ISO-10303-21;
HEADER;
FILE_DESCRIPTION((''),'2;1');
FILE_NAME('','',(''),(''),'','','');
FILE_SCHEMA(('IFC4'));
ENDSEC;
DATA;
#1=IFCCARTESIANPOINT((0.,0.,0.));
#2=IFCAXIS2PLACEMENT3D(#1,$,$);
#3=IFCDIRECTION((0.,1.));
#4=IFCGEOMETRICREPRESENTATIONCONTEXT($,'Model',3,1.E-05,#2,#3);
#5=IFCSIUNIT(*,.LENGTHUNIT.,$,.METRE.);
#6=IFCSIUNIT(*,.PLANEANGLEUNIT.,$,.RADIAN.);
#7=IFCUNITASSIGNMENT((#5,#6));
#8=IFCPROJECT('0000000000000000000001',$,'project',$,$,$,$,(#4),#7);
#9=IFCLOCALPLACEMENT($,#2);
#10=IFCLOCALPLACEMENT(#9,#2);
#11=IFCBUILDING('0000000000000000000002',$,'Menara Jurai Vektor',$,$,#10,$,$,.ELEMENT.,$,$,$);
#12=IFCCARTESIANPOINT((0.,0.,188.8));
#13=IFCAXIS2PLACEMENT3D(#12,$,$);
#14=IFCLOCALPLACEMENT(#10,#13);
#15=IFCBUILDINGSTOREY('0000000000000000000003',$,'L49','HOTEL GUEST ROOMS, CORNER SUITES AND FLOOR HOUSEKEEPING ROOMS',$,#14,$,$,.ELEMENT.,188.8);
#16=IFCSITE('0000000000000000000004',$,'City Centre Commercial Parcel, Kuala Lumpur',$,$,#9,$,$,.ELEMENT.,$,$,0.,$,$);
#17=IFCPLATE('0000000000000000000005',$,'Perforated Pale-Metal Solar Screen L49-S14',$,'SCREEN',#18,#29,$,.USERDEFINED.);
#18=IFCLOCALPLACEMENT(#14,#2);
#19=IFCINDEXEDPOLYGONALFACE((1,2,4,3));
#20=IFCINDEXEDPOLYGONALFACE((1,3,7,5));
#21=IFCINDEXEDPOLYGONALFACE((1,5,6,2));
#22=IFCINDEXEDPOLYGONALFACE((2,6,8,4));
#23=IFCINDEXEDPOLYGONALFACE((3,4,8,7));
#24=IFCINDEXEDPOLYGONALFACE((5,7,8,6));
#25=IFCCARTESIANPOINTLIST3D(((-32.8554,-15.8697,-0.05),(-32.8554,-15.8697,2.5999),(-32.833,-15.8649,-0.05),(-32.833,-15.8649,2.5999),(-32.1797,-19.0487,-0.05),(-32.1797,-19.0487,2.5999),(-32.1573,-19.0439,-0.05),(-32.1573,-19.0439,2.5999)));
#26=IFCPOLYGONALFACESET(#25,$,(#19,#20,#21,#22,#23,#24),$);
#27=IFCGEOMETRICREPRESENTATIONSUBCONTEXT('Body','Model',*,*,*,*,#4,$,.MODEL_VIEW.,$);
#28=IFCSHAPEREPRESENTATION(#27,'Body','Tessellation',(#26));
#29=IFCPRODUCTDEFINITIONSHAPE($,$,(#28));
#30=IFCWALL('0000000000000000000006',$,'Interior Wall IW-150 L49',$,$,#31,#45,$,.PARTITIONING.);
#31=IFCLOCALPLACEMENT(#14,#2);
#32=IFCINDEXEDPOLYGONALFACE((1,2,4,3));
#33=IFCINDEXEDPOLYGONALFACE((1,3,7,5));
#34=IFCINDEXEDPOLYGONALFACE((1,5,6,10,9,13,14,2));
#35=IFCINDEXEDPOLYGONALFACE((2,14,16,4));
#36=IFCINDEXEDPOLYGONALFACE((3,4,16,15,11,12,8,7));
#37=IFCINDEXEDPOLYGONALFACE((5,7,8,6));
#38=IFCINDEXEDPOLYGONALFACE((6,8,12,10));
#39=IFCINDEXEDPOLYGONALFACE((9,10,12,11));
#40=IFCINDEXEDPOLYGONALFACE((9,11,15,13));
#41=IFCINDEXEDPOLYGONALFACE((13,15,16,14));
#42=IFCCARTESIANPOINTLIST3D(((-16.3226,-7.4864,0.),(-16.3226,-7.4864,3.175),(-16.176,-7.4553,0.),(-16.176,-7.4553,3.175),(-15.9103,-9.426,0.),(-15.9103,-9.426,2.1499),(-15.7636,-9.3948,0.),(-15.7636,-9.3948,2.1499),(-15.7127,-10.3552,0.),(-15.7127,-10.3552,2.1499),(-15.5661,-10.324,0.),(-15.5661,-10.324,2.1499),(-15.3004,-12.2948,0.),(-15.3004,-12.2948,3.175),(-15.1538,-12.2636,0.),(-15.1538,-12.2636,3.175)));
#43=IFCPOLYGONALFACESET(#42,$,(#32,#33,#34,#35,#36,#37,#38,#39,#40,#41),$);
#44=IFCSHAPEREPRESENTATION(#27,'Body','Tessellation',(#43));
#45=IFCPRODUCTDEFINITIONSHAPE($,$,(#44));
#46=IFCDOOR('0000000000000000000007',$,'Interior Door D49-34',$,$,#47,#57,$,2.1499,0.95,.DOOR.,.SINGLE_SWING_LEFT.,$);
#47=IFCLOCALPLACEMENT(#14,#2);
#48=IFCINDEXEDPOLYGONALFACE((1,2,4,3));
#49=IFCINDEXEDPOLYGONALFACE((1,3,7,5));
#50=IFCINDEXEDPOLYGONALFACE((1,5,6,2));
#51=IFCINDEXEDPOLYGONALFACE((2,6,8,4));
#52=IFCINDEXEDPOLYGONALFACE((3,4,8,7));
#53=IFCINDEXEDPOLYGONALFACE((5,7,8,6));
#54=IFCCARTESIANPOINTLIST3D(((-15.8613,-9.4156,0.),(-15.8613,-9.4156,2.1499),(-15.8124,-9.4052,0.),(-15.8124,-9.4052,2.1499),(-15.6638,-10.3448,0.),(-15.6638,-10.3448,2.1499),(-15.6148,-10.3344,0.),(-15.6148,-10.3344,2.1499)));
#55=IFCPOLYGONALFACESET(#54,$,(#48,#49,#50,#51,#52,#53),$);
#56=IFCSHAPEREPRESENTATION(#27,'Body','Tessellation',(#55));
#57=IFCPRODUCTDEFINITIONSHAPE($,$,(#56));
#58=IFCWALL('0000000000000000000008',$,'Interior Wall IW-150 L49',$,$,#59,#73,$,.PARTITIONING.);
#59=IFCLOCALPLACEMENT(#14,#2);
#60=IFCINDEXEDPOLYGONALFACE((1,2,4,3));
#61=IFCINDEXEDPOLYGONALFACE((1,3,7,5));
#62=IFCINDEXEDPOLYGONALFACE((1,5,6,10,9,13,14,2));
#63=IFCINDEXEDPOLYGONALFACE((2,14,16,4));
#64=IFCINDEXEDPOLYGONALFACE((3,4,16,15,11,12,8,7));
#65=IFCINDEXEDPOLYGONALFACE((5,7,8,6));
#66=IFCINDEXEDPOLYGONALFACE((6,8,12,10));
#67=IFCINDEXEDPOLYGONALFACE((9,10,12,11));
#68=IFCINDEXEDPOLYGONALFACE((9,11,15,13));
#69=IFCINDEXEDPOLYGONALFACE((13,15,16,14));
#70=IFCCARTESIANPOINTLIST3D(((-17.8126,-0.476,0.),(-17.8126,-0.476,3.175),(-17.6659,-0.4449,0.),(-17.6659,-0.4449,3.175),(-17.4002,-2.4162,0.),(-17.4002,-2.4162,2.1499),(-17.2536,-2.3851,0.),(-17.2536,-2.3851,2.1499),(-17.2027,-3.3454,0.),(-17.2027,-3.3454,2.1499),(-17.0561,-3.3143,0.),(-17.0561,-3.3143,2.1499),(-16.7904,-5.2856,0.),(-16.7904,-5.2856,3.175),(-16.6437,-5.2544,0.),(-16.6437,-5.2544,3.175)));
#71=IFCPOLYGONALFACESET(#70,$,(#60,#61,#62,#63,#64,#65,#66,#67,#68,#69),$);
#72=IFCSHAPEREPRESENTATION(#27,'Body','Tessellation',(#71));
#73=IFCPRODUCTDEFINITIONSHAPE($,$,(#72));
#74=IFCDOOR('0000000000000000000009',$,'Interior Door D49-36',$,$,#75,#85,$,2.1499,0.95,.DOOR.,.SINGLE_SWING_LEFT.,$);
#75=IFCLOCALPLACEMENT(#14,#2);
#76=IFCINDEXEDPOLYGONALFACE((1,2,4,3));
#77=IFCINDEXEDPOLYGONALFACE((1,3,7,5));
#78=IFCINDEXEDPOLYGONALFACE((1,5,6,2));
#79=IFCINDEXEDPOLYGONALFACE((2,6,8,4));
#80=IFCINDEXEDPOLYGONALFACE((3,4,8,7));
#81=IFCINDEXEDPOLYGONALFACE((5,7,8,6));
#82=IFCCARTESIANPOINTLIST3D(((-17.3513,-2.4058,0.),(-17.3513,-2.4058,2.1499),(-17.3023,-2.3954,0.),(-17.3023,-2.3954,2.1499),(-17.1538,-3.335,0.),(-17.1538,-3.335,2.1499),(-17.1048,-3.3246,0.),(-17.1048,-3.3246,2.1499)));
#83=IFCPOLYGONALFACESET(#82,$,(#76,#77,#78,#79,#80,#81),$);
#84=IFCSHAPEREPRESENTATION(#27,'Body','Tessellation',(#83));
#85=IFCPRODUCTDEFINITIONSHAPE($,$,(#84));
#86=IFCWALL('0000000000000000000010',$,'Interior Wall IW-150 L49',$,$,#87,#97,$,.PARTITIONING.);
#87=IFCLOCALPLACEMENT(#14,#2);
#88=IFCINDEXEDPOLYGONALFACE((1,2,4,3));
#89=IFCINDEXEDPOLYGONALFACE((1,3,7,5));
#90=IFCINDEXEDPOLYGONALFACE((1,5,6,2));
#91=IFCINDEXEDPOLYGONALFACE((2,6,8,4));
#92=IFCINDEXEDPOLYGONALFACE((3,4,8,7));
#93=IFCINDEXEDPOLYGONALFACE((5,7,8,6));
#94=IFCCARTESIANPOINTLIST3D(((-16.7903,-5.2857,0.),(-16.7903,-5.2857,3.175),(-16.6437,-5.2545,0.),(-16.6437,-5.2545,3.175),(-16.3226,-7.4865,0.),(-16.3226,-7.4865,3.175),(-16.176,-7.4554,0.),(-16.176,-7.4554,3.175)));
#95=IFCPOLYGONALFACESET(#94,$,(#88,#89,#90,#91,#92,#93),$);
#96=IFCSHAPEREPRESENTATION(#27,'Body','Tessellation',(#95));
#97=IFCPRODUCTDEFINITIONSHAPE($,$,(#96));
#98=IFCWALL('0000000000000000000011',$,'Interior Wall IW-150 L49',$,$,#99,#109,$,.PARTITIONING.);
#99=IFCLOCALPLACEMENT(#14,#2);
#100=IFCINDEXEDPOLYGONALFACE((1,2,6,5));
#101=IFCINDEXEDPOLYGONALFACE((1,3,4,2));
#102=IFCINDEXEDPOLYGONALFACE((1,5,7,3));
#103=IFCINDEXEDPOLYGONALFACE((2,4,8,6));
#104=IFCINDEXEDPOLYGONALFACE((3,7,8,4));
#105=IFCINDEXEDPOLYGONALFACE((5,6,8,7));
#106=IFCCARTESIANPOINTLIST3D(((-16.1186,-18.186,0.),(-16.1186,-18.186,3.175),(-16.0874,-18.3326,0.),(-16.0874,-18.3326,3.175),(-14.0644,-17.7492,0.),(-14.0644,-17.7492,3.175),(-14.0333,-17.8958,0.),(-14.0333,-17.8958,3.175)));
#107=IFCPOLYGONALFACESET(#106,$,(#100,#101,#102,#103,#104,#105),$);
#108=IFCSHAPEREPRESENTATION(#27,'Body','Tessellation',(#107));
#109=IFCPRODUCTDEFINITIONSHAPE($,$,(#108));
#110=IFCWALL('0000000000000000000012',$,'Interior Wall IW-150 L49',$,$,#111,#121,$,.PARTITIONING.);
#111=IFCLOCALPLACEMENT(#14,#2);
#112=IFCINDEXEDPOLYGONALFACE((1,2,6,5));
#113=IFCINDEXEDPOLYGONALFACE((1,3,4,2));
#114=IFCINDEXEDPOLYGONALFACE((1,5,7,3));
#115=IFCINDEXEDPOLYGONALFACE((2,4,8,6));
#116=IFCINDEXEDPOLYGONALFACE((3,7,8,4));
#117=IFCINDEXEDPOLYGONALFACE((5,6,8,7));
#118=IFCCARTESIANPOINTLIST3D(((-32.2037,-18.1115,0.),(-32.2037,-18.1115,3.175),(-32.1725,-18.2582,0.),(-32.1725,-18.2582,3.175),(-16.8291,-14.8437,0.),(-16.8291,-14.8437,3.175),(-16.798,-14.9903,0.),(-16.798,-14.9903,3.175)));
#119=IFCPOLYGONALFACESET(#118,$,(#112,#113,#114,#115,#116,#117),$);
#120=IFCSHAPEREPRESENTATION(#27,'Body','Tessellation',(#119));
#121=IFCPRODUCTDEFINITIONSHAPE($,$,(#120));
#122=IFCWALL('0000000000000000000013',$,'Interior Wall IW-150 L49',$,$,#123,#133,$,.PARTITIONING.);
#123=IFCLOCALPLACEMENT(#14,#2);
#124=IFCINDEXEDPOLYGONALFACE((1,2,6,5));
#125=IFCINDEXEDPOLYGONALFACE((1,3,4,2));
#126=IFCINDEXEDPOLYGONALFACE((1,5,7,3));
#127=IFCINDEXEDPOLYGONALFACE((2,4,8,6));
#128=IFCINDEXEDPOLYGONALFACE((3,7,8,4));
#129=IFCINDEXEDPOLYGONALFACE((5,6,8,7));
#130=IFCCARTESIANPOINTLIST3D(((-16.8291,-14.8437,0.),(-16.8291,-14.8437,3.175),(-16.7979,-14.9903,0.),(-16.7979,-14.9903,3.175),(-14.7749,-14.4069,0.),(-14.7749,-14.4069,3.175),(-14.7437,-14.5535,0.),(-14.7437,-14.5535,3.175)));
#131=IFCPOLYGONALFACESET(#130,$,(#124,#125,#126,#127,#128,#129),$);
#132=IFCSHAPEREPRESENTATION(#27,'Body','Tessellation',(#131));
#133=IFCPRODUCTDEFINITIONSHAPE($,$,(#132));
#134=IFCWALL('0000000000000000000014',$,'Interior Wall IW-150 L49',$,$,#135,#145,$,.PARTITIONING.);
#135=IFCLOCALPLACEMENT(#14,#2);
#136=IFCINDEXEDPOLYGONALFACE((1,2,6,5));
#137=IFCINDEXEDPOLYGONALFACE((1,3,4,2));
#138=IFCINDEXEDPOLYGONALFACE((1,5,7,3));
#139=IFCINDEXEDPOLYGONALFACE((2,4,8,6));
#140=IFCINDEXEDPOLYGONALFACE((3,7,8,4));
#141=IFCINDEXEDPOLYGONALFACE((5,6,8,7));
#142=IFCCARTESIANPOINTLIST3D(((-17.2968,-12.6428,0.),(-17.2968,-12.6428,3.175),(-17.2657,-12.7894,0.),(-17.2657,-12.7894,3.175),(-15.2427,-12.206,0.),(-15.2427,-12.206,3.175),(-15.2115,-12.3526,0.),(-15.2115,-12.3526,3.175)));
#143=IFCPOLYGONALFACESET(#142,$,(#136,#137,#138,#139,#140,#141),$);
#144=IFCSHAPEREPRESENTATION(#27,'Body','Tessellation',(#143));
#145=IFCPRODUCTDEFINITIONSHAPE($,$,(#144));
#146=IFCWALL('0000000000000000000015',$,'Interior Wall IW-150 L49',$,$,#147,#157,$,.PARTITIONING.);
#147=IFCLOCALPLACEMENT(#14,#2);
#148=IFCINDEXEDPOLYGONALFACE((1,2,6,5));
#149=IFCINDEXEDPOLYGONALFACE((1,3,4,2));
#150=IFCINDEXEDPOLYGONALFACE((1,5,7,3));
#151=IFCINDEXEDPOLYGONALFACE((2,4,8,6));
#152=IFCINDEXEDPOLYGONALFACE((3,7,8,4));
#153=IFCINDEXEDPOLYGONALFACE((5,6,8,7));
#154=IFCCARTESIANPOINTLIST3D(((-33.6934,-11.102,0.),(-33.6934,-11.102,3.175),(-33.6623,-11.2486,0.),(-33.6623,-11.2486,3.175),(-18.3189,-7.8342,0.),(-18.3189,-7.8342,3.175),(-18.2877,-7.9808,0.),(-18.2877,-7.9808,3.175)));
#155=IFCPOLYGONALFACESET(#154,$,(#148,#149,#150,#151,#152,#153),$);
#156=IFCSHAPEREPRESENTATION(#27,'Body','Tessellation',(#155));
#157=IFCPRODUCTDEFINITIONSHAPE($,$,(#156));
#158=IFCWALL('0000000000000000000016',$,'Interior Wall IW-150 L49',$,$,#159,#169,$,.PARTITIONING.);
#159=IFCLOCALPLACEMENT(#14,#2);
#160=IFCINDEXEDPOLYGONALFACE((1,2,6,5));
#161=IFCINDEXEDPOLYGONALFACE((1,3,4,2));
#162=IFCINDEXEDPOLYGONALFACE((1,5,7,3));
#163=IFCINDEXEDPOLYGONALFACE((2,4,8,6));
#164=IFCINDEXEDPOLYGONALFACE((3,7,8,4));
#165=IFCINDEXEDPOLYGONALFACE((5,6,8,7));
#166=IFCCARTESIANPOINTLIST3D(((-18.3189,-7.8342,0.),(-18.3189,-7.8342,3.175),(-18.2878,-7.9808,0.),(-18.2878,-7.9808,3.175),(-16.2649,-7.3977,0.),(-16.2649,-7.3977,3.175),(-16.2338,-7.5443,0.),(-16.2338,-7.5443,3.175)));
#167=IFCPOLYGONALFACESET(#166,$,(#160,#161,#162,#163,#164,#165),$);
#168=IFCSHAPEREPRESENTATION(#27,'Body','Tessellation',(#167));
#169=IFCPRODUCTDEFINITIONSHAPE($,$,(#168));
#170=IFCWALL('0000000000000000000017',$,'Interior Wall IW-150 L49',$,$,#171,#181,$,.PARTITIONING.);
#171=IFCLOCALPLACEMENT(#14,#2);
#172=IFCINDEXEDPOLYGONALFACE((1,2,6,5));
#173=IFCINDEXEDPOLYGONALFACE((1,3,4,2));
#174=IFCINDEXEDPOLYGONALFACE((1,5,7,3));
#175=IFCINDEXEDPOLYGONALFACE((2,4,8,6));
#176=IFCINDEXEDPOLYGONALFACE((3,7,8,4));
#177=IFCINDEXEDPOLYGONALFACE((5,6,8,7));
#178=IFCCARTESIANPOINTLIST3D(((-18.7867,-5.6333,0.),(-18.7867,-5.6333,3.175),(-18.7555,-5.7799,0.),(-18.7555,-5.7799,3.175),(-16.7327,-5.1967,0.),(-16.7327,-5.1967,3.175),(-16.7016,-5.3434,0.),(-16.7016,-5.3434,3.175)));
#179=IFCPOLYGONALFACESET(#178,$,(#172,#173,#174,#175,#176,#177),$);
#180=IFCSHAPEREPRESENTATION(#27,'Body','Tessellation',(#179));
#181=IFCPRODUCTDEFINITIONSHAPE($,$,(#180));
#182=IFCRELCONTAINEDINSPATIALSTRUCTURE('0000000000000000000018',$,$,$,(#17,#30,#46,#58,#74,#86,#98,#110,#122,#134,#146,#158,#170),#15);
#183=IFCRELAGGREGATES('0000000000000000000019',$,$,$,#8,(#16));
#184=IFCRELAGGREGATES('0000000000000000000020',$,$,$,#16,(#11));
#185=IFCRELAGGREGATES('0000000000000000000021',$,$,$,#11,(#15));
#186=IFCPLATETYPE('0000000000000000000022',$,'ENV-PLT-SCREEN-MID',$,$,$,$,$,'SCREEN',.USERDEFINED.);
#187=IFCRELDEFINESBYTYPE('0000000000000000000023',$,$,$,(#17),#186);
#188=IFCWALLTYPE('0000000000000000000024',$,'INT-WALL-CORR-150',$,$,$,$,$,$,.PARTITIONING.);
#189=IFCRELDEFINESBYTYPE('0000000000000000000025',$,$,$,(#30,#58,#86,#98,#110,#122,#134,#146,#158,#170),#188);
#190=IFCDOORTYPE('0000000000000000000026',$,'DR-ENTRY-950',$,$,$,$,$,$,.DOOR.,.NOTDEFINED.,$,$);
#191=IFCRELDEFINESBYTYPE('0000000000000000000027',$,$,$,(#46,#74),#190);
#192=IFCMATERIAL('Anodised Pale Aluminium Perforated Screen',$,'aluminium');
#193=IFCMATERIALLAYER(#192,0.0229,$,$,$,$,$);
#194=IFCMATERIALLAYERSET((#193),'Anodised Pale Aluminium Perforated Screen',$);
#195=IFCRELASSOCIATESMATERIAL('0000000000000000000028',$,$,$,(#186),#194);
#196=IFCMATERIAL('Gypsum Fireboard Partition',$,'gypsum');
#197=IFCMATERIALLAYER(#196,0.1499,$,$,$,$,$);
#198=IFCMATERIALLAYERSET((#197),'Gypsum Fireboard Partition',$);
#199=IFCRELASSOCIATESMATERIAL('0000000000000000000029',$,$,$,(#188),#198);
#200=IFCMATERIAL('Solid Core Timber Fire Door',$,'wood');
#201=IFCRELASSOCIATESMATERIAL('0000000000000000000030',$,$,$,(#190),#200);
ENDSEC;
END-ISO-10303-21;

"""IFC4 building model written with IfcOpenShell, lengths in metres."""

from ifc_helpers import new_model, si_unit, direction, frame, frame_2d, origin, origin_2d, place, context, subcontext, project, spatial, rectangle, extrude, material, layer, layer_set, type_object, element, fill, save


model = new_model("IFC4")

# Units and contexts
model_context = context("Model", 3, precision=1e-05, world=origin(), true_north=direction((0.0, 1.0)))
body_context = subcontext(model_context, "Body", "Model", "MODEL_VIEW")
ifc_project = project(units=[si_unit("LENGTHUNIT", "METRE"), si_unit("PLANEANGLEUNIT", "RADIAN")], contexts=[model_context])

# Site, building, storey
site_placement = place(None, origin())
site = spatial("IfcSite", under=ifc_project, at=site_placement, Name="City Centre Commercial Parcel, Kuala Lumpur", CompositionType="ELEMENT", RefElevation=0.0)
building_placement = place(site_placement, origin())
building = spatial("IfcBuilding", under=site, at=building_placement, Name="Menara Jurai Vektor", CompositionType="ELEMENT")
storey_placement = place(building_placement, frame((0.0, 0.0, 188.8)))
storey = spatial("IfcBuildingStorey", under=building, at=storey_placement, Name="L49", Description="HOTEL GUEST ROOMS, CORNER SUITES AND FLOOR HOUSEKEEPING ROOMS", CompositionType="ELEMENT", Elevation=188.8)

# Plate
ifc_material_1 = material(Name="Anodised Pale Aluminium Perforated Screen", Category="aluminium")
ifc_layer_1 = layer(ifc_material_1, 0.0229)
ifc_layer_set_1 = layer_set([ifc_layer_1], Name="Anodised Pale Aluminium Perforated Screen")
plate_type_1 = type_object("IfcPlateType", Name="ENV-PLT-SCREEN-MID", ElementType="SCREEN", PredefinedType="USERDEFINED", material=ifc_layer_set_1)
for number, where, z_axis, x_axis, name in (
    (1, (-32.5063, -17.4568, -0.05), (0.0, 0.0, 1.0), (0.207912, -0.978148, 0.0), "Perforated Pale-Metal Solar Screen L49-S14"),
):
    element("IfcPlate", number, at=place(storey_placement, frame(where, z_axis=z_axis, x_axis=x_axis)), inside=storey, type_object=plate_type_1, Name=name, ObjectType="SCREEN", PredefinedType="USERDEFINED", context=body_context, shape_type="SweptSolid", body=[
        extrude(rectangle(XDim=3.25, YDim=0.0229, at=origin_2d()), origin(), (0.0, 0.0, 1.0), 2.6499),
    ])

# Walls, openings, doors
ifc_material_2 = material(Name="Gypsum Fireboard Partition", Category="gypsum")
ifc_layer_2 = layer(ifc_material_2, 0.1499)
ifc_layer_set_2 = layer_set([ifc_layer_2], Name="Gypsum Fireboard Partition")
wall_type_1 = type_object("IfcWallType", Name="INT-WALL-CORR-150", PredefinedType="PARTITIONING", material=ifc_layer_set_2)
wall_1_placement = place(storey_placement, frame((-15.2271, -12.2793, 0.0), z_axis=(0.0, 0.0, 1.0), x_axis=(-0.207945, 0.978141, 0.0)))
wall_1 = element("IfcWall", 2, at=wall_1_placement, inside=storey, type_object=wall_type_1, Name="Interior Wall IW-150 L49", PredefinedType="PARTITIONING", context=body_context, shape_type="SweptSolid", body=[
    extrude(rectangle(XDim=4.9158, YDim=0.1499, at=frame_2d((2.458, 0.0))), origin(), (0.0, 0.0, 1.0), 3.175),
])
opening_1_placement = place(wall_1_placement, frame((1.9829, 0.0, 0.0)))
opening_1 = element("IfcOpeningElement", 3, at=opening_1_placement, cuts=wall_1, PredefinedType="OPENING", context=body_context, shape_type="SweptSolid", body=[
    extrude(rectangle(XDim=0.95, YDim=2.1499, at=frame_2d((0.4751, 1.075))), frame((0.0, 0.085, 0.0), z_axis=(0.0, -1.0, 0.0), x_axis=(1.0, 0.0, 0.0)), (0.0, 0.0, 1.0), 0.1699),
])
ifc_material_3 = material(Name="Solid Core Timber Fire Door", Category="wood")
door_type_1 = type_object("IfcDoorType", Name="DR-ENTRY-950", OperationType="NOTDEFINED", PredefinedType="DOOR", material=ifc_material_3)
door_1_placement = place(opening_1_placement, origin())
door_1 = element("IfcDoor", 4, at=door_1_placement, inside=storey, type_object=door_type_1, Name="Interior Door D49-34", OperationType="SINGLE_SWING_LEFT", OverallHeight=2.1499, OverallWidth=0.95, PredefinedType="DOOR", context=body_context, shape_type="SweptSolid", body=[
    extrude(rectangle(XDim=0.95, YDim=2.1499, at=frame_2d((0.4751, 1.075))), frame((0.0, 0.0249, 0.0), z_axis=(0.0, -1.0, 0.0), x_axis=(1.0, 0.0, 0.0)), (0.0, 0.0, 1.0), 0.05),
])
fill(opening_1, door_1)
wall_2_placement = place(storey_placement, frame((-16.717, -5.27, 0.0), z_axis=(0.0, 0.0, 1.0), x_axis=(-0.207894, 0.978151, 0.0)))
wall_2 = element("IfcWall", 5, at=wall_2_placement, inside=storey, type_object=wall_type_1, Name="Interior Wall IW-150 L49", PredefinedType="PARTITIONING", context=body_context, shape_type="SweptSolid", body=[
    extrude(rectangle(XDim=4.917, YDim=0.1499, at=frame_2d((2.4585, 0.0))), origin(), (0.0, 0.0, 1.0), 3.175),
])
opening_2_placement = place(wall_2_placement, frame((1.9834, 0.0, 0.0)))
opening_2 = element("IfcOpeningElement", 6, at=opening_2_placement, cuts=wall_2, PredefinedType="OPENING", context=body_context, shape_type="SweptSolid", body=[
    extrude(rectangle(XDim=0.95, YDim=2.1499, at=frame_2d((0.4751, 1.075))), frame((0.0, 0.085, 0.0), z_axis=(0.0, -1.0, 0.0), x_axis=(1.0, 0.0, 0.0)), (0.0, 0.0, 1.0), 0.1699),
])
door_2_placement = place(opening_2_placement, origin())
door_2 = element("IfcDoor", 7, at=door_2_placement, inside=storey, type_object=door_type_1, Name="Interior Door D49-36", OperationType="SINGLE_SWING_LEFT", OverallHeight=2.1499, OverallWidth=0.95, PredefinedType="DOOR", context=body_context, shape_type="SweptSolid", body=[
    extrude(rectangle(XDim=0.95, YDim=2.1499, at=frame_2d((0.4751, 1.075))), frame((0.0, 0.0249, 0.0), z_axis=(0.0, -1.0, 0.0), x_axis=(1.0, 0.0, 0.0)), (0.0, 0.0, 1.0), 0.05),
])
fill(opening_2, door_2)

# Walls
wall_3_placement = place(storey_placement, frame((-16.2493, -7.4709, 0.0), z_axis=(0.0, 0.0, 1.0), x_axis=(-0.207891, 0.978152, 0.0)))
element("IfcWall", 8, at=wall_3_placement, inside=storey, type_object=wall_type_1, Name="Interior Wall IW-150 L49", PredefinedType="PARTITIONING", context=body_context, shape_type="SweptSolid", body=[
    extrude(rectangle(XDim=2.25, YDim=0.1499, at=frame_2d((1.125, 0.0))), origin(), (0.0, 0.0, 1.0), 3.175),
])
wall_4_placement = place(storey_placement, frame((-16.103, -18.2593, 0.0), z_axis=(0.0, 0.0, 1.0), x_axis=(0.978135, 0.207973, 0.0)))
element("IfcWall", 9, at=wall_4_placement, inside=storey, type_object=wall_type_1, Name="Interior Wall IW-150 L49", PredefinedType="PARTITIONING", context=body_context, shape_type="SweptSolid", body=[
    extrude(rectangle(XDim=2.1001, YDim=0.1499, at=frame_2d((1.05, 0.0))), origin(), (0.0, 0.0, 1.0), 3.175),
])
wall_5_placement = place(storey_placement, frame((-32.188, -18.1848, 0.0), z_axis=(0.0, 0.0, 1.0), x_axis=(0.978149, 0.207904, 0.0)))
element("IfcWall", 10, at=wall_5_placement, inside=storey, type_object=wall_type_1, Name="Interior Wall IW-150 L49", PredefinedType="PARTITIONING", context=body_context, shape_type="SweptSolid", body=[
    extrude(rectangle(XDim=15.718, YDim=0.1499, at=frame_2d((7.8589, 0.0))), origin(), (0.0, 0.0, 1.0), 3.175),
])
wall_6_placement = place(storey_placement, frame((-16.8135, -14.917, 0.0), z_axis=(0.0, 0.0, 1.0), x_axis=(0.978135, 0.207973, 0.0)))
element("IfcWall", 11, at=wall_6_placement, inside=storey, type_object=wall_type_1, Name="Interior Wall IW-150 L49", PredefinedType="PARTITIONING", context=body_context, shape_type="SweptSolid", body=[
    extrude(rectangle(XDim=2.1001, YDim=0.1499, at=frame_2d((1.05, 0.0))), origin(), (0.0, 0.0, 1.0), 3.175),
])

# Walls
wall_7_placement = place(storey_placement, frame((-17.2812, -12.7161, 0.0), z_axis=(0.0, 0.0, 1.0), x_axis=(0.978135, 0.207973, 0.0)))
element("IfcWall", 12, at=wall_7_placement, inside=storey, type_object=wall_type_1, Name="Interior Wall IW-150 L49", PredefinedType="PARTITIONING", context=body_context, shape_type="SweptSolid", body=[
    extrude(rectangle(XDim=2.1001, YDim=0.1499, at=frame_2d((1.05, 0.0))), origin(), (0.0, 0.0, 1.0), 3.175),
])
wall_8_placement = place(storey_placement, frame((-33.6777, -11.1753, 0.0), z_axis=(0.0, 0.0, 1.0), x_axis=(0.978149, 0.207904, 0.0)))
element("IfcWall", 13, at=wall_8_placement, inside=storey, type_object=wall_type_1, Name="Interior Wall IW-150 L49", PredefinedType="PARTITIONING", context=body_context, shape_type="SweptSolid", body=[
    extrude(rectangle(XDim=15.718, YDim=0.1499, at=frame_2d((7.8589, 0.0))), origin(), (0.0, 0.0, 1.0), 3.175),
])
wall_9_placement = place(storey_placement, frame((-18.3032, -7.9075, 0.0), z_axis=(0.0, 0.0, 1.0), x_axis=(0.978153, 0.207885, 0.0)))
element("IfcWall", 14, at=wall_9_placement, inside=storey, type_object=wall_type_1, Name="Interior Wall IW-150 L49", PredefinedType="PARTITIONING", context=body_context, shape_type="SweptSolid", body=[
    extrude(rectangle(XDim=2.0999, YDim=0.1499, at=frame_2d((1.0498, 0.0))), origin(), (0.0, 0.0, 1.0), 3.175),
])

# Wall
wall_10_placement = place(storey_placement, frame((-18.771, -5.7065, 0.0), z_axis=(0.0, 0.0, 1.0), x_axis=(0.978153, 0.207885, 0.0)))
element("IfcWall", 15, at=wall_10_placement, inside=storey, type_object=wall_type_1, Name="Interior Wall IW-150 L49", PredefinedType="PARTITIONING", context=body_context, shape_type="SweptSolid", body=[
    extrude(rectangle(XDim=2.0999, YDim=0.1499, at=frame_2d((1.0498, 0.0))), origin(), (0.0, 0.0, 1.0), 3.175),
])

save(model, "model.ifc")
